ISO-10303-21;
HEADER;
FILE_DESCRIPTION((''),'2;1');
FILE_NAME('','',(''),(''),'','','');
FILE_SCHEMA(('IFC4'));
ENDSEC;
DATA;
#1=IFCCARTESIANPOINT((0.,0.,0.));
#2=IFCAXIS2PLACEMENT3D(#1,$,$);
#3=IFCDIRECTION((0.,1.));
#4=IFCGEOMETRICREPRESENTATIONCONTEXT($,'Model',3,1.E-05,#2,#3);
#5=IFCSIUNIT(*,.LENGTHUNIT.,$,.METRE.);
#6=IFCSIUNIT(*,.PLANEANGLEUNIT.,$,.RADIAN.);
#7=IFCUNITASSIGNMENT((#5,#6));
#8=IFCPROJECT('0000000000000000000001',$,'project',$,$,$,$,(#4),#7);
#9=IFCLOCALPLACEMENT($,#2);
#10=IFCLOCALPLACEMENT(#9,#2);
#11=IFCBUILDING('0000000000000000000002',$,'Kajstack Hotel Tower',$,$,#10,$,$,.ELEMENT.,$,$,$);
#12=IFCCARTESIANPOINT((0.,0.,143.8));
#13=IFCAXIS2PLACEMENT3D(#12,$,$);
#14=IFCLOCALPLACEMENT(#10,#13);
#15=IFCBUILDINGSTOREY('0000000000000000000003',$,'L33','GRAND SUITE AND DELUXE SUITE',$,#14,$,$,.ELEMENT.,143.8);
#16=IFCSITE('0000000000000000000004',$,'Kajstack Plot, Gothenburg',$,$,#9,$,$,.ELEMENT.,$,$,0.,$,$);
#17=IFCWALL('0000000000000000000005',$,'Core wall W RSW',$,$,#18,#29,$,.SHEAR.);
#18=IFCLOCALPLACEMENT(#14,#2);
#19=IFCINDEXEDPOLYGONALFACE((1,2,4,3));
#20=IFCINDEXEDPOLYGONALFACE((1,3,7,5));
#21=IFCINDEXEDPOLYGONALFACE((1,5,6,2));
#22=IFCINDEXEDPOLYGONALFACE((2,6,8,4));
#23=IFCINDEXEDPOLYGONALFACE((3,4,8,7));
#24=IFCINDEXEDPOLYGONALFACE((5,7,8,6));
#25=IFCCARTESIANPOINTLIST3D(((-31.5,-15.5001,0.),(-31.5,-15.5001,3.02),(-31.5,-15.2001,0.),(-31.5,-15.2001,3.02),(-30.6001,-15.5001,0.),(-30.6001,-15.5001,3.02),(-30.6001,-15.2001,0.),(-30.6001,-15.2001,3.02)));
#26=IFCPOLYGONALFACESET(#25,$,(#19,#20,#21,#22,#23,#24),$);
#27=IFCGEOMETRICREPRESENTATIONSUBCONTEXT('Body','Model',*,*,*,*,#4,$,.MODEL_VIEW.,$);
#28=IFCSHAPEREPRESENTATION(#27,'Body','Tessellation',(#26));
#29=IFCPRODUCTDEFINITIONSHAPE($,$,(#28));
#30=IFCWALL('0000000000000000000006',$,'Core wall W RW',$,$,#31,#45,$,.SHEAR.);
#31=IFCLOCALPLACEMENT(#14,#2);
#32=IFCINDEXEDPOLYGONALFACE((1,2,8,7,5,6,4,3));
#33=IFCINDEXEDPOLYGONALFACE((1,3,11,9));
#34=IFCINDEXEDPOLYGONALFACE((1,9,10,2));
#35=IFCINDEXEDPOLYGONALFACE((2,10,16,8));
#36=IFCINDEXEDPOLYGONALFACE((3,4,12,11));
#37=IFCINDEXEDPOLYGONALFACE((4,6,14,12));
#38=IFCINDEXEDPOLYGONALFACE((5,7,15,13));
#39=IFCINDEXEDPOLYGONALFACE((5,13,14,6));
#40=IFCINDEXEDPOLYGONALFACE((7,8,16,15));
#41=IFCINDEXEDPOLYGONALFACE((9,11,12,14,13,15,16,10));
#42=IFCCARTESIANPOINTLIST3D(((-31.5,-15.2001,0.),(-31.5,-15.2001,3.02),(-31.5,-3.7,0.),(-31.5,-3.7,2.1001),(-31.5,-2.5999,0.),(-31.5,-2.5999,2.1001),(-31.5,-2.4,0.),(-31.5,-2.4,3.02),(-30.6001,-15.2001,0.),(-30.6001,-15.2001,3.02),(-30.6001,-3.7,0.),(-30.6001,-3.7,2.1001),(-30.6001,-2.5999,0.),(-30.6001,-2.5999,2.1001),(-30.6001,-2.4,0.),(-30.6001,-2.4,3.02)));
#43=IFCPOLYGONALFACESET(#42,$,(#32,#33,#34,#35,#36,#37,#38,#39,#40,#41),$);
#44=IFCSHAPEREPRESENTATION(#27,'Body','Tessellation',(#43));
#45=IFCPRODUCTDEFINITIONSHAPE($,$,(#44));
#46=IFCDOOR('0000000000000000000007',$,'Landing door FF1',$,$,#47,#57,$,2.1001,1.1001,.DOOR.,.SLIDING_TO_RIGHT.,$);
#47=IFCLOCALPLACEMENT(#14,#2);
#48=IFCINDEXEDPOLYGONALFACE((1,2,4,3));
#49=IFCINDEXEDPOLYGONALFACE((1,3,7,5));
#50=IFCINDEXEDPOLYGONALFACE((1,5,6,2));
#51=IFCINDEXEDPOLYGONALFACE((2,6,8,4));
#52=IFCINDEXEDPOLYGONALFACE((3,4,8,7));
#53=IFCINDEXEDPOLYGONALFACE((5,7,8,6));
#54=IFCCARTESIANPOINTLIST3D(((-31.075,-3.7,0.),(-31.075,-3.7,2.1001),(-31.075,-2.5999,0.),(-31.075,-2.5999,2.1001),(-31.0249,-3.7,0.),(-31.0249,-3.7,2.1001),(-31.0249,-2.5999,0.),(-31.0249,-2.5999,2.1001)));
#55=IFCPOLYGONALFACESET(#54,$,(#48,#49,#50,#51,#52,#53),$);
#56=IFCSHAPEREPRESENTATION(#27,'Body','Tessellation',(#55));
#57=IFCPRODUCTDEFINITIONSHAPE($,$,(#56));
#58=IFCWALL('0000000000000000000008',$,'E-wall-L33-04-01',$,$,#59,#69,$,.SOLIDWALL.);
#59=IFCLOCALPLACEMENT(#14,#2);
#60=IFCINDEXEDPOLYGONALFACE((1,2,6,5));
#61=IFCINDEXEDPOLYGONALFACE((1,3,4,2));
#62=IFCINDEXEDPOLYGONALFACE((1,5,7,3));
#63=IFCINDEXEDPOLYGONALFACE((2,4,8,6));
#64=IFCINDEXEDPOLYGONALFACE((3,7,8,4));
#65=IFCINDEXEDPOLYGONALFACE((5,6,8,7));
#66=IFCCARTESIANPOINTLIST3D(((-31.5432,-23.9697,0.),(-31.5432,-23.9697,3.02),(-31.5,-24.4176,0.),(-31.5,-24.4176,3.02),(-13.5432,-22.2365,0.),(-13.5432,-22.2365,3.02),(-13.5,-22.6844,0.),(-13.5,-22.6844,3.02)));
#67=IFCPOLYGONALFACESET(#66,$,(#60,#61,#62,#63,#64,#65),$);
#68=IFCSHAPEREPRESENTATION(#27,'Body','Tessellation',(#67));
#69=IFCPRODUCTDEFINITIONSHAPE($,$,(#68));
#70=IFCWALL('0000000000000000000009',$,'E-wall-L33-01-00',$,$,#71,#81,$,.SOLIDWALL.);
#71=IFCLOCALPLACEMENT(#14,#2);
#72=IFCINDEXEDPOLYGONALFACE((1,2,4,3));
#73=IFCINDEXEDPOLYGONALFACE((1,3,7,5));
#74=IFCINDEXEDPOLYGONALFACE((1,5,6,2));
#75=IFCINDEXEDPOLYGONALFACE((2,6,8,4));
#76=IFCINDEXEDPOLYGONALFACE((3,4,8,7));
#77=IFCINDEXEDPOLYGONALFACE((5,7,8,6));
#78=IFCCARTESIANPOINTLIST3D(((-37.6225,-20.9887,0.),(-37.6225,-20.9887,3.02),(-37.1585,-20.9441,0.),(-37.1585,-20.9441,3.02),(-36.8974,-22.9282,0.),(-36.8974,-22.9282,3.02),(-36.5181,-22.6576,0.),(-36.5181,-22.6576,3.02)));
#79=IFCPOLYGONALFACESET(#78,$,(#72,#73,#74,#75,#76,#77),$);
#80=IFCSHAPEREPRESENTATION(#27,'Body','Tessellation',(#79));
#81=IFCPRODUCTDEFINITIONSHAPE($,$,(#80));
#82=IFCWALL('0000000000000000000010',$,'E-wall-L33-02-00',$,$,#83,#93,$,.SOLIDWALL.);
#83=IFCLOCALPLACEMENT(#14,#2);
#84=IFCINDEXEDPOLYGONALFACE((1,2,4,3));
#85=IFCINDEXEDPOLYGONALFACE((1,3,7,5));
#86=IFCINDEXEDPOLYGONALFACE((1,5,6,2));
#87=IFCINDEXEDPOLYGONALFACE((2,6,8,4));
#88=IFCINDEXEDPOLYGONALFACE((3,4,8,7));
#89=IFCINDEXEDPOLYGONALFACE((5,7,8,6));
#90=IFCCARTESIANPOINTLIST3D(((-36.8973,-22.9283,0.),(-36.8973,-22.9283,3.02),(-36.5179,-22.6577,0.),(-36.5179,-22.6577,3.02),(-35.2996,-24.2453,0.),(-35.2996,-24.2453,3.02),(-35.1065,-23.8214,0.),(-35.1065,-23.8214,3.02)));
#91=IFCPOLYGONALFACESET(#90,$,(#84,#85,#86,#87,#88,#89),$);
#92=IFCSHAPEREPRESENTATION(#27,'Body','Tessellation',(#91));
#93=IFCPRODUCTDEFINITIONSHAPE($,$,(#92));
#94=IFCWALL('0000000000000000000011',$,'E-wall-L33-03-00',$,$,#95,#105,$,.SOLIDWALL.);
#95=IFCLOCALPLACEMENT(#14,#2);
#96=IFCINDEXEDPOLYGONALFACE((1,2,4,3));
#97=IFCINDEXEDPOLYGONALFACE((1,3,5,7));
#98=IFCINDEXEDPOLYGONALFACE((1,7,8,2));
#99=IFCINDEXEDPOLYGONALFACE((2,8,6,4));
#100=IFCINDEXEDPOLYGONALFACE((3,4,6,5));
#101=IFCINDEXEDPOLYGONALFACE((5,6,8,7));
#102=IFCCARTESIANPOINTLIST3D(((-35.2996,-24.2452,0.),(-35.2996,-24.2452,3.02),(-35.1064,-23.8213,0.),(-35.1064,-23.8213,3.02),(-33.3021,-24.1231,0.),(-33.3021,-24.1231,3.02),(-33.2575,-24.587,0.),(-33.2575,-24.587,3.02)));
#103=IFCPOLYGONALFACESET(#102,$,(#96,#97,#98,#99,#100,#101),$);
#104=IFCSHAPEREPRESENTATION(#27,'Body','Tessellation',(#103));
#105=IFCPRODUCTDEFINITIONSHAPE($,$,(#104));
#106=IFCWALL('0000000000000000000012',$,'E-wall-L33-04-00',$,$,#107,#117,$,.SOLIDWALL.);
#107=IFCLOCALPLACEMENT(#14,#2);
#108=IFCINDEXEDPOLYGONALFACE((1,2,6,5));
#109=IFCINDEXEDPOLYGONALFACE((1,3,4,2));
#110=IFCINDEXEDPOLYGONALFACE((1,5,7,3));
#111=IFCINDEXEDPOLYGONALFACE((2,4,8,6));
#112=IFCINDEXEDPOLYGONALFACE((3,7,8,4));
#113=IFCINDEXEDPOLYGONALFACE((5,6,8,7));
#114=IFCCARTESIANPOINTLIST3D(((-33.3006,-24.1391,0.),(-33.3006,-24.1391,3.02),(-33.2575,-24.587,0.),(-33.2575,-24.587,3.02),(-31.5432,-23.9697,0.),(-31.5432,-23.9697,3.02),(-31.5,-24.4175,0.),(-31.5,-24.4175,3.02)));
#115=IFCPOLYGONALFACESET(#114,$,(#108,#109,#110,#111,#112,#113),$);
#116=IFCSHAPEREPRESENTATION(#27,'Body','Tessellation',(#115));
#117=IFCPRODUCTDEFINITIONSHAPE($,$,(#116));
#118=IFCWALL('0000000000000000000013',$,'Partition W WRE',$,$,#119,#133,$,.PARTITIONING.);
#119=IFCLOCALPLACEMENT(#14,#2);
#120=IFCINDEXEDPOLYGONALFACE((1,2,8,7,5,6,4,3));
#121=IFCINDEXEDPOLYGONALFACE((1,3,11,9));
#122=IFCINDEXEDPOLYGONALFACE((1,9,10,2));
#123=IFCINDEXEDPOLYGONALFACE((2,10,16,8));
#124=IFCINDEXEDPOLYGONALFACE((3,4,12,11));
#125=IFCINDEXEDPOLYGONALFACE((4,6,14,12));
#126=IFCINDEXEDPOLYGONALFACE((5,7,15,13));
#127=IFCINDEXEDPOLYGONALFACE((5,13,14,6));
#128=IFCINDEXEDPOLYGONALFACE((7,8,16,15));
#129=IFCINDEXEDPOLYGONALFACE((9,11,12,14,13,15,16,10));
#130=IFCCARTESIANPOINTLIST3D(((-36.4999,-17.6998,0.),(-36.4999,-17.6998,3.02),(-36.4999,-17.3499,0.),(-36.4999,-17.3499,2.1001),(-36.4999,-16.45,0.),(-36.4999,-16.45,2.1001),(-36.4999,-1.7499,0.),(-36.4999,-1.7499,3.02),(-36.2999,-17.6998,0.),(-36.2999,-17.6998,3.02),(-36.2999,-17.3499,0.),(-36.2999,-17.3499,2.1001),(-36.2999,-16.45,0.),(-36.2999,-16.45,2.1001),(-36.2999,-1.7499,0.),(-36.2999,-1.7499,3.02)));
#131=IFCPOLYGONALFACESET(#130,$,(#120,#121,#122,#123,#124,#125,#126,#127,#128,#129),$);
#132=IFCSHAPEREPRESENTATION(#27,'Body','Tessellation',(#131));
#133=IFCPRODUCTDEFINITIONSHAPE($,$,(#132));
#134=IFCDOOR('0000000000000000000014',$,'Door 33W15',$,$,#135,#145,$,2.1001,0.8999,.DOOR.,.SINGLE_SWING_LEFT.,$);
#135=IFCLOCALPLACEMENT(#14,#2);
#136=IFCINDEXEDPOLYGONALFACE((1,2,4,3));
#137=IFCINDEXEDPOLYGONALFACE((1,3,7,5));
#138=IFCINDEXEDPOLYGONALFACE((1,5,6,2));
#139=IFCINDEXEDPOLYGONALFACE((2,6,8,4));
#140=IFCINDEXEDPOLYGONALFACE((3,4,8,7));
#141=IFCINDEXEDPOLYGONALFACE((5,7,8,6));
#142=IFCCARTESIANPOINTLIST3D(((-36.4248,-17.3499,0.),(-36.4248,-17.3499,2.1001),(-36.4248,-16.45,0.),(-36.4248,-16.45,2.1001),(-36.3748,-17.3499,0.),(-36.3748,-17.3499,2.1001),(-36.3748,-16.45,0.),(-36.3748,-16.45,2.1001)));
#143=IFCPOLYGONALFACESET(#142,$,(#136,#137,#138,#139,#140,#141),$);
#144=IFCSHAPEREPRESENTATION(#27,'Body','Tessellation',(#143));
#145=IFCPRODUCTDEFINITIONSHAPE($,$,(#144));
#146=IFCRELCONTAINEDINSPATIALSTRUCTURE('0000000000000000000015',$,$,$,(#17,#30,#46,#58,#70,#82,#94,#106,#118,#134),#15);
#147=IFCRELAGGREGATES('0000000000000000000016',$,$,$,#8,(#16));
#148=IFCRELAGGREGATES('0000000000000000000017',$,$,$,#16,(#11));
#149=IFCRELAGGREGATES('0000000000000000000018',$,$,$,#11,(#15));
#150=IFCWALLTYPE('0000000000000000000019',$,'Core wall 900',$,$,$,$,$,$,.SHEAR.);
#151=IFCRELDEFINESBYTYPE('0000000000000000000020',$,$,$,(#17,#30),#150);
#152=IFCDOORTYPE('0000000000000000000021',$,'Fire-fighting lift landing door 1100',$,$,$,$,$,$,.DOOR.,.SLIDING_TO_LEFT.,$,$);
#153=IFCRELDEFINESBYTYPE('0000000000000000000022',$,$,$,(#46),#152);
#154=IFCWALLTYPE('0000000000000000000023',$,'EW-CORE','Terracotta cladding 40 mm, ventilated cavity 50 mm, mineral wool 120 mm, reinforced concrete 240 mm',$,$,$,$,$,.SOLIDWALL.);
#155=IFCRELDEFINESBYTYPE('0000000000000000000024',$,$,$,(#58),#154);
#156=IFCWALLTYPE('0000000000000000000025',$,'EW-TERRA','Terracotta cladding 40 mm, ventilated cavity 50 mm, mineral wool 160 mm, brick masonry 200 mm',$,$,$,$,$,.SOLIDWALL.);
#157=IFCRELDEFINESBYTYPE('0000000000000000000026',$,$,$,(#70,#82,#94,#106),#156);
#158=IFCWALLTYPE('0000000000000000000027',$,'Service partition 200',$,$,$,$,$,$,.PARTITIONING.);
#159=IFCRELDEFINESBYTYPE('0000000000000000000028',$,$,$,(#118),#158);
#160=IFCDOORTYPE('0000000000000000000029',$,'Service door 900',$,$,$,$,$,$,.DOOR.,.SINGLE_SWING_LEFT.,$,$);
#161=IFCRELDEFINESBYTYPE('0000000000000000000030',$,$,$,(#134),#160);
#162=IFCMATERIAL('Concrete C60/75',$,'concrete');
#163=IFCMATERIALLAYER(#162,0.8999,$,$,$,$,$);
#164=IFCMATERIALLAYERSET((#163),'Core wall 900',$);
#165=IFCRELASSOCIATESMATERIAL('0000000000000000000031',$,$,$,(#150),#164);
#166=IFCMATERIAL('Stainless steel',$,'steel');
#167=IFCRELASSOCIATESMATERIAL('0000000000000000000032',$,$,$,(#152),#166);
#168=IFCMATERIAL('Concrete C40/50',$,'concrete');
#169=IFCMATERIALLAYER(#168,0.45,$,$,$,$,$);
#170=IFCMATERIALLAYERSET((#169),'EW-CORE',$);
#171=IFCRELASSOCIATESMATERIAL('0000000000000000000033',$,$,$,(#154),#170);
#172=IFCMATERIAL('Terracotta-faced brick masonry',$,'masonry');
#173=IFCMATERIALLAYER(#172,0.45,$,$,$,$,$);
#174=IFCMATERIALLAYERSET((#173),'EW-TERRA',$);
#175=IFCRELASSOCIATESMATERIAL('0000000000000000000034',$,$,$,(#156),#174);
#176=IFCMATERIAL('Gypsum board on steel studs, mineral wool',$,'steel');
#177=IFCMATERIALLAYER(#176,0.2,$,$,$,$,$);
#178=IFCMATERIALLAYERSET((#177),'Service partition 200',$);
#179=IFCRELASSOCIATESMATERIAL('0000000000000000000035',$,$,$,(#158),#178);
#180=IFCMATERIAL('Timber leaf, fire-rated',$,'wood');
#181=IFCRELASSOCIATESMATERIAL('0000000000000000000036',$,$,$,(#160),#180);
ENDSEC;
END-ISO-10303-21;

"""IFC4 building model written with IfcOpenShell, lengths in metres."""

from ifc_helpers import new_model, si_unit, direction, frame, frame_2d, origin, place, context, subcontext, project, spatial, polyline, rectangle, outline, extrude, material, layer, layer_set, type_object, element, fill, save


model = new_model("IFC4")

# Units and contexts
model_context = context("Model", 3, precision=1e-05, world=origin(), true_north=direction((0.0, 1.0)))
body_context = subcontext(model_context, "Body", "Model", "MODEL_VIEW")
ifc_project = project(units=[si_unit("LENGTHUNIT", "METRE"), si_unit("PLANEANGLEUNIT", "RADIAN")], contexts=[model_context])

# Site, building, storey
site_placement = place(None, origin())
site = spatial("IfcSite", under=ifc_project, at=site_placement, Name="Kajstack Plot, Gothenburg", CompositionType="ELEMENT", RefElevation=0.0)
building_placement = place(site_placement, origin())
building = spatial("IfcBuilding", under=site, at=building_placement, Name="Kajstack Hotel Tower", CompositionType="ELEMENT")
storey_placement = place(building_placement, frame((0.0, 0.0, 143.8)))
storey = spatial("IfcBuildingStorey", under=building, at=storey_placement, Name="L33", Description="GRAND SUITE AND DELUXE SUITE", CompositionType="ELEMENT", Elevation=143.8)

# Wall
ifc_material_1 = material(Name="Concrete C60/75", Category="concrete")
ifc_layer_1 = layer(ifc_material_1, 0.8999)
ifc_layer_set_1 = layer_set([ifc_layer_1], Name="Core wall 900")
wall_type_1 = type_object("IfcWallType", Name="Core wall 900", PredefinedType="SHEAR", material=ifc_layer_set_1)
wall_1_placement = place(storey_placement, frame((-31.5, -15.3501, 0.0), z_axis=(0.0, 0.0, 1.0), x_axis=(1.0, 0.0, 0.0)))
element("IfcWall", 1, at=wall_1_placement, inside=storey, type_object=wall_type_1, Name="Core wall W RSW", PredefinedType="SHEAR", context=body_context, shape_type="SweptSolid", body=[
    extrude(rectangle(XDim=0.8999, YDim=0.3, at=frame_2d((0.45, 0.0))), origin(), (0.0, 0.0, 1.0), 3.02),
])

# Wall, opening, door
wall_2_placement = place(storey_placement, frame((-31.05, -15.2, 0.0), z_axis=(0.0, 0.0, 1.0), x_axis=(0.0, 1.0, 0.0)))
wall_2 = element("IfcWall", 2, at=wall_2_placement, inside=storey, type_object=wall_type_1, Name="Core wall W RW", PredefinedType="SHEAR", context=body_context, shape_type="SweptSolid", body=[
    extrude(rectangle(XDim=12.8, YDim=0.8999, at=frame_2d((6.3999, 0.0))), origin(), (0.0, 0.0, 1.0), 3.02),
])
opening_1_placement = place(wall_2_placement, frame((11.5, 0.0, 0.0)))
opening_1 = element("IfcOpeningElement", 3, at=opening_1_placement, cuts=wall_2, PredefinedType="OPENING", context=body_context, shape_type="SweptSolid", body=[
    extrude(rectangle(XDim=1.1001, YDim=2.1001, at=frame_2d((0.55, 1.05))), frame((0.0, 0.46, 0.0), z_axis=(0.0, -1.0, 0.0), x_axis=(1.0, 0.0, 0.0)), (0.0, 0.0, 1.0), 0.9199),
])
ifc_material_2 = material(Name="Stainless steel", Category="steel")
door_type_1 = type_object("IfcDoorType", Name="Fire-fighting lift landing door 1100", OperationType="SLIDING_TO_LEFT", PredefinedType="DOOR", material=ifc_material_2)
door_1_placement = place(opening_1_placement, origin())
door_1 = element("IfcDoor", 4, at=door_1_placement, inside=storey, type_object=door_type_1, Name="Landing door FF1", OperationType="SLIDING_TO_RIGHT", OverallHeight=2.1001, OverallWidth=1.1001, PredefinedType="DOOR", context=body_context, shape_type="SweptSolid", body=[
    extrude(rectangle(XDim=1.1001, YDim=2.1001, at=frame_2d((0.55, 1.05))), frame((0.0, 0.0249, 0.0), z_axis=(0.0, -1.0, 0.0), x_axis=(1.0, 0.0, 0.0)), (0.0, 0.0, 1.0), 0.05),
])
fill(opening_1, door_1)

# Walls
ifc_material_3 = material(Name="Concrete C40/50", Category="concrete")
ifc_layer_2 = layer(ifc_material_3, 0.45)
ifc_layer_set_2 = layer_set([ifc_layer_2], Name="EW-CORE")
wall_type_2 = type_object("IfcWallType", Name="EW-CORE", Description="Terracotta cladding 40 mm, ventilated cavity 50 mm, mineral wool 120 mm, reinforced concrete 240 mm", PredefinedType="SOLIDWALL", material=ifc_layer_set_2)
wall_3_placement = place(storey_placement, frame((-31.5215, -24.1936, 0.0), z_axis=(0.0, 0.0, 1.0), x_axis=(0.995396, 0.095843, 0.0)))
element("IfcWall", 5, at=wall_3_placement, inside=storey, type_object=wall_type_2, Name="E-wall-L33-04-01", PredefinedType="SOLIDWALL", context=body_context, shape_type="SweptSolid", body=[
    extrude(rectangle(XDim=18.0833, YDim=0.45, at=frame_2d((9.0415, 0.0))), origin(), (0.0, 0.0, 1.0), 3.02),
])
ifc_material_4 = material(Name="Terracotta-faced brick masonry", Category="masonry")
ifc_layer_3 = layer(ifc_material_4, 0.45)
ifc_layer_set_3 = layer_set([ifc_layer_3], Name="EW-TERRA")
wall_type_3 = type_object("IfcWallType", Name="EW-TERRA", Description="Terracotta cladding 40 mm, ventilated cavity 50 mm, mineral wool 160 mm, brick masonry 200 mm", PredefinedType="SOLIDWALL", material=ifc_layer_set_3)
for number, where, z_axis, x_axis, name in (
    (6, (-37.4116, -20.9099, 0.0), (0.0, 0.0, 1.0), (0.350193, -0.936678, 0.0), "E-wall-L33-01-00"),
    (7, (-36.7542, -22.7546, 0.0), (0.0, 0.0, 1.0), (0.771651, -0.636046, 0.0), "E-wall-L33-02-00"),
):
    element("IfcWall", number, at=place(storey_placement, frame(where, z_axis=z_axis, x_axis=x_axis)), inside=storey, type_object=wall_type_3, Name=name, PredefinedType="SOLIDWALL", context=body_context, shape_type="SweptSolid", body=[
        extrude(outline(polyline([(0.0, -0.2251), (2.0706, -0.2251), (1.95, 0.2249), (0.1206, 0.2251), (0.0, -0.2251)])), origin(), (0.0, 0.0, 1.0), 3.02),
    ])
wall_4_placement = place(storey_placement, frame((-35.2625, -24.0232, 0.0), z_axis=(0.0, 0.0, 1.0), x_axis=(0.986279, -0.165087, 0.0)))
element("IfcWall", 8, at=wall_4_placement, inside=storey, type_object=wall_type_3, Name="E-wall-L33-03-00", PredefinedType="SOLIDWALL", context=body_context, shape_type="SweptSolid", body=[
    extrude(outline(polyline([(0.0, -0.2251), (2.0706, -0.2251), (1.95, 0.2251), (0.1206, 0.2249), (0.0, -0.2251)])), origin(), (0.0, 0.0, 1.0), 3.02),
])
wall_5_placement = place(storey_placement, frame((-33.2791, -24.363, 0.0), z_axis=(0.0, 0.0, 1.0), x_axis=(0.995385, 0.095957, 0.0)))
element("IfcWall", 9, at=wall_5_placement, inside=storey, type_object=wall_type_3, Name="E-wall-L33-04-00", PredefinedType="SOLIDWALL", context=body_context, shape_type="SweptSolid", body=[
    extrude(rectangle(XDim=1.7656, YDim=0.45, at=frame_2d((0.8828, 0.0))), origin(), (0.0, 0.0, 1.0), 3.02),
])

# Wall, opening, door
ifc_material_5 = material(Name="Gypsum board on steel studs, mineral wool", Category="steel")
ifc_layer_4 = layer(ifc_material_5, 0.2)
ifc_layer_set_4 = layer_set([ifc_layer_4], Name="Service partition 200")
wall_type_4 = type_object("IfcWallType", Name="Service partition 200", PredefinedType="PARTITIONING", material=ifc_layer_set_4)
wall_6_placement = place(storey_placement, frame((-36.3999, -17.7, 0.0), z_axis=(0.0, 0.0, 1.0), x_axis=(0.0, 1.0, 0.0)))
wall_6 = element("IfcWall", 10, at=wall_6_placement, inside=storey, type_object=wall_type_4, Name="Partition W WRE", PredefinedType="PARTITIONING", context=body_context, shape_type="SweptSolid", body=[
    extrude(rectangle(XDim=15.95, YDim=0.2, at=frame_2d((7.9751, 0.0))), origin(), (0.0, 0.0, 1.0), 3.02),
])
opening_2_placement = place(wall_6_placement, frame((0.3501, 0.0, 0.0)))
opening_2 = element("IfcOpeningElement", 11, at=opening_2_placement, cuts=wall_6, PredefinedType="OPENING", context=body_context, shape_type="SweptSolid", body=[
    extrude(rectangle(XDim=0.8999, YDim=2.1001, at=frame_2d((0.45, 1.05))), frame((0.0, 0.1099, 0.0), z_axis=(0.0, -1.0, 0.0), x_axis=(1.0, 0.0, 0.0)), (0.0, 0.0, 1.0), 0.22),
])
ifc_material_6 = material(Name="Timber leaf, fire-rated", Category="wood")
door_type_2 = type_object("IfcDoorType", Name="Service door 900", OperationType="SINGLE_SWING_LEFT", PredefinedType="DOOR", material=ifc_material_6)
door_2_placement = place(opening_2_placement, origin())
door_2 = element("IfcDoor", 12, at=door_2_placement, inside=storey, type_object=door_type_2, Name="Door 33W15", OperationType="SINGLE_SWING_LEFT", OverallHeight=2.1001, OverallWidth=0.8999, PredefinedType="DOOR", context=body_context, shape_type="SweptSolid", body=[
    extrude(rectangle(XDim=0.8999, YDim=2.1001, at=frame_2d((0.45, 1.05))), frame((0.0, 0.0249, 0.0), z_axis=(0.0, -1.0, 0.0), x_axis=(1.0, 0.0, 0.0)), (0.0, 0.0, 1.0), 0.05),
])
fill(opening_2, door_2)

save(model, "model.ifc")
